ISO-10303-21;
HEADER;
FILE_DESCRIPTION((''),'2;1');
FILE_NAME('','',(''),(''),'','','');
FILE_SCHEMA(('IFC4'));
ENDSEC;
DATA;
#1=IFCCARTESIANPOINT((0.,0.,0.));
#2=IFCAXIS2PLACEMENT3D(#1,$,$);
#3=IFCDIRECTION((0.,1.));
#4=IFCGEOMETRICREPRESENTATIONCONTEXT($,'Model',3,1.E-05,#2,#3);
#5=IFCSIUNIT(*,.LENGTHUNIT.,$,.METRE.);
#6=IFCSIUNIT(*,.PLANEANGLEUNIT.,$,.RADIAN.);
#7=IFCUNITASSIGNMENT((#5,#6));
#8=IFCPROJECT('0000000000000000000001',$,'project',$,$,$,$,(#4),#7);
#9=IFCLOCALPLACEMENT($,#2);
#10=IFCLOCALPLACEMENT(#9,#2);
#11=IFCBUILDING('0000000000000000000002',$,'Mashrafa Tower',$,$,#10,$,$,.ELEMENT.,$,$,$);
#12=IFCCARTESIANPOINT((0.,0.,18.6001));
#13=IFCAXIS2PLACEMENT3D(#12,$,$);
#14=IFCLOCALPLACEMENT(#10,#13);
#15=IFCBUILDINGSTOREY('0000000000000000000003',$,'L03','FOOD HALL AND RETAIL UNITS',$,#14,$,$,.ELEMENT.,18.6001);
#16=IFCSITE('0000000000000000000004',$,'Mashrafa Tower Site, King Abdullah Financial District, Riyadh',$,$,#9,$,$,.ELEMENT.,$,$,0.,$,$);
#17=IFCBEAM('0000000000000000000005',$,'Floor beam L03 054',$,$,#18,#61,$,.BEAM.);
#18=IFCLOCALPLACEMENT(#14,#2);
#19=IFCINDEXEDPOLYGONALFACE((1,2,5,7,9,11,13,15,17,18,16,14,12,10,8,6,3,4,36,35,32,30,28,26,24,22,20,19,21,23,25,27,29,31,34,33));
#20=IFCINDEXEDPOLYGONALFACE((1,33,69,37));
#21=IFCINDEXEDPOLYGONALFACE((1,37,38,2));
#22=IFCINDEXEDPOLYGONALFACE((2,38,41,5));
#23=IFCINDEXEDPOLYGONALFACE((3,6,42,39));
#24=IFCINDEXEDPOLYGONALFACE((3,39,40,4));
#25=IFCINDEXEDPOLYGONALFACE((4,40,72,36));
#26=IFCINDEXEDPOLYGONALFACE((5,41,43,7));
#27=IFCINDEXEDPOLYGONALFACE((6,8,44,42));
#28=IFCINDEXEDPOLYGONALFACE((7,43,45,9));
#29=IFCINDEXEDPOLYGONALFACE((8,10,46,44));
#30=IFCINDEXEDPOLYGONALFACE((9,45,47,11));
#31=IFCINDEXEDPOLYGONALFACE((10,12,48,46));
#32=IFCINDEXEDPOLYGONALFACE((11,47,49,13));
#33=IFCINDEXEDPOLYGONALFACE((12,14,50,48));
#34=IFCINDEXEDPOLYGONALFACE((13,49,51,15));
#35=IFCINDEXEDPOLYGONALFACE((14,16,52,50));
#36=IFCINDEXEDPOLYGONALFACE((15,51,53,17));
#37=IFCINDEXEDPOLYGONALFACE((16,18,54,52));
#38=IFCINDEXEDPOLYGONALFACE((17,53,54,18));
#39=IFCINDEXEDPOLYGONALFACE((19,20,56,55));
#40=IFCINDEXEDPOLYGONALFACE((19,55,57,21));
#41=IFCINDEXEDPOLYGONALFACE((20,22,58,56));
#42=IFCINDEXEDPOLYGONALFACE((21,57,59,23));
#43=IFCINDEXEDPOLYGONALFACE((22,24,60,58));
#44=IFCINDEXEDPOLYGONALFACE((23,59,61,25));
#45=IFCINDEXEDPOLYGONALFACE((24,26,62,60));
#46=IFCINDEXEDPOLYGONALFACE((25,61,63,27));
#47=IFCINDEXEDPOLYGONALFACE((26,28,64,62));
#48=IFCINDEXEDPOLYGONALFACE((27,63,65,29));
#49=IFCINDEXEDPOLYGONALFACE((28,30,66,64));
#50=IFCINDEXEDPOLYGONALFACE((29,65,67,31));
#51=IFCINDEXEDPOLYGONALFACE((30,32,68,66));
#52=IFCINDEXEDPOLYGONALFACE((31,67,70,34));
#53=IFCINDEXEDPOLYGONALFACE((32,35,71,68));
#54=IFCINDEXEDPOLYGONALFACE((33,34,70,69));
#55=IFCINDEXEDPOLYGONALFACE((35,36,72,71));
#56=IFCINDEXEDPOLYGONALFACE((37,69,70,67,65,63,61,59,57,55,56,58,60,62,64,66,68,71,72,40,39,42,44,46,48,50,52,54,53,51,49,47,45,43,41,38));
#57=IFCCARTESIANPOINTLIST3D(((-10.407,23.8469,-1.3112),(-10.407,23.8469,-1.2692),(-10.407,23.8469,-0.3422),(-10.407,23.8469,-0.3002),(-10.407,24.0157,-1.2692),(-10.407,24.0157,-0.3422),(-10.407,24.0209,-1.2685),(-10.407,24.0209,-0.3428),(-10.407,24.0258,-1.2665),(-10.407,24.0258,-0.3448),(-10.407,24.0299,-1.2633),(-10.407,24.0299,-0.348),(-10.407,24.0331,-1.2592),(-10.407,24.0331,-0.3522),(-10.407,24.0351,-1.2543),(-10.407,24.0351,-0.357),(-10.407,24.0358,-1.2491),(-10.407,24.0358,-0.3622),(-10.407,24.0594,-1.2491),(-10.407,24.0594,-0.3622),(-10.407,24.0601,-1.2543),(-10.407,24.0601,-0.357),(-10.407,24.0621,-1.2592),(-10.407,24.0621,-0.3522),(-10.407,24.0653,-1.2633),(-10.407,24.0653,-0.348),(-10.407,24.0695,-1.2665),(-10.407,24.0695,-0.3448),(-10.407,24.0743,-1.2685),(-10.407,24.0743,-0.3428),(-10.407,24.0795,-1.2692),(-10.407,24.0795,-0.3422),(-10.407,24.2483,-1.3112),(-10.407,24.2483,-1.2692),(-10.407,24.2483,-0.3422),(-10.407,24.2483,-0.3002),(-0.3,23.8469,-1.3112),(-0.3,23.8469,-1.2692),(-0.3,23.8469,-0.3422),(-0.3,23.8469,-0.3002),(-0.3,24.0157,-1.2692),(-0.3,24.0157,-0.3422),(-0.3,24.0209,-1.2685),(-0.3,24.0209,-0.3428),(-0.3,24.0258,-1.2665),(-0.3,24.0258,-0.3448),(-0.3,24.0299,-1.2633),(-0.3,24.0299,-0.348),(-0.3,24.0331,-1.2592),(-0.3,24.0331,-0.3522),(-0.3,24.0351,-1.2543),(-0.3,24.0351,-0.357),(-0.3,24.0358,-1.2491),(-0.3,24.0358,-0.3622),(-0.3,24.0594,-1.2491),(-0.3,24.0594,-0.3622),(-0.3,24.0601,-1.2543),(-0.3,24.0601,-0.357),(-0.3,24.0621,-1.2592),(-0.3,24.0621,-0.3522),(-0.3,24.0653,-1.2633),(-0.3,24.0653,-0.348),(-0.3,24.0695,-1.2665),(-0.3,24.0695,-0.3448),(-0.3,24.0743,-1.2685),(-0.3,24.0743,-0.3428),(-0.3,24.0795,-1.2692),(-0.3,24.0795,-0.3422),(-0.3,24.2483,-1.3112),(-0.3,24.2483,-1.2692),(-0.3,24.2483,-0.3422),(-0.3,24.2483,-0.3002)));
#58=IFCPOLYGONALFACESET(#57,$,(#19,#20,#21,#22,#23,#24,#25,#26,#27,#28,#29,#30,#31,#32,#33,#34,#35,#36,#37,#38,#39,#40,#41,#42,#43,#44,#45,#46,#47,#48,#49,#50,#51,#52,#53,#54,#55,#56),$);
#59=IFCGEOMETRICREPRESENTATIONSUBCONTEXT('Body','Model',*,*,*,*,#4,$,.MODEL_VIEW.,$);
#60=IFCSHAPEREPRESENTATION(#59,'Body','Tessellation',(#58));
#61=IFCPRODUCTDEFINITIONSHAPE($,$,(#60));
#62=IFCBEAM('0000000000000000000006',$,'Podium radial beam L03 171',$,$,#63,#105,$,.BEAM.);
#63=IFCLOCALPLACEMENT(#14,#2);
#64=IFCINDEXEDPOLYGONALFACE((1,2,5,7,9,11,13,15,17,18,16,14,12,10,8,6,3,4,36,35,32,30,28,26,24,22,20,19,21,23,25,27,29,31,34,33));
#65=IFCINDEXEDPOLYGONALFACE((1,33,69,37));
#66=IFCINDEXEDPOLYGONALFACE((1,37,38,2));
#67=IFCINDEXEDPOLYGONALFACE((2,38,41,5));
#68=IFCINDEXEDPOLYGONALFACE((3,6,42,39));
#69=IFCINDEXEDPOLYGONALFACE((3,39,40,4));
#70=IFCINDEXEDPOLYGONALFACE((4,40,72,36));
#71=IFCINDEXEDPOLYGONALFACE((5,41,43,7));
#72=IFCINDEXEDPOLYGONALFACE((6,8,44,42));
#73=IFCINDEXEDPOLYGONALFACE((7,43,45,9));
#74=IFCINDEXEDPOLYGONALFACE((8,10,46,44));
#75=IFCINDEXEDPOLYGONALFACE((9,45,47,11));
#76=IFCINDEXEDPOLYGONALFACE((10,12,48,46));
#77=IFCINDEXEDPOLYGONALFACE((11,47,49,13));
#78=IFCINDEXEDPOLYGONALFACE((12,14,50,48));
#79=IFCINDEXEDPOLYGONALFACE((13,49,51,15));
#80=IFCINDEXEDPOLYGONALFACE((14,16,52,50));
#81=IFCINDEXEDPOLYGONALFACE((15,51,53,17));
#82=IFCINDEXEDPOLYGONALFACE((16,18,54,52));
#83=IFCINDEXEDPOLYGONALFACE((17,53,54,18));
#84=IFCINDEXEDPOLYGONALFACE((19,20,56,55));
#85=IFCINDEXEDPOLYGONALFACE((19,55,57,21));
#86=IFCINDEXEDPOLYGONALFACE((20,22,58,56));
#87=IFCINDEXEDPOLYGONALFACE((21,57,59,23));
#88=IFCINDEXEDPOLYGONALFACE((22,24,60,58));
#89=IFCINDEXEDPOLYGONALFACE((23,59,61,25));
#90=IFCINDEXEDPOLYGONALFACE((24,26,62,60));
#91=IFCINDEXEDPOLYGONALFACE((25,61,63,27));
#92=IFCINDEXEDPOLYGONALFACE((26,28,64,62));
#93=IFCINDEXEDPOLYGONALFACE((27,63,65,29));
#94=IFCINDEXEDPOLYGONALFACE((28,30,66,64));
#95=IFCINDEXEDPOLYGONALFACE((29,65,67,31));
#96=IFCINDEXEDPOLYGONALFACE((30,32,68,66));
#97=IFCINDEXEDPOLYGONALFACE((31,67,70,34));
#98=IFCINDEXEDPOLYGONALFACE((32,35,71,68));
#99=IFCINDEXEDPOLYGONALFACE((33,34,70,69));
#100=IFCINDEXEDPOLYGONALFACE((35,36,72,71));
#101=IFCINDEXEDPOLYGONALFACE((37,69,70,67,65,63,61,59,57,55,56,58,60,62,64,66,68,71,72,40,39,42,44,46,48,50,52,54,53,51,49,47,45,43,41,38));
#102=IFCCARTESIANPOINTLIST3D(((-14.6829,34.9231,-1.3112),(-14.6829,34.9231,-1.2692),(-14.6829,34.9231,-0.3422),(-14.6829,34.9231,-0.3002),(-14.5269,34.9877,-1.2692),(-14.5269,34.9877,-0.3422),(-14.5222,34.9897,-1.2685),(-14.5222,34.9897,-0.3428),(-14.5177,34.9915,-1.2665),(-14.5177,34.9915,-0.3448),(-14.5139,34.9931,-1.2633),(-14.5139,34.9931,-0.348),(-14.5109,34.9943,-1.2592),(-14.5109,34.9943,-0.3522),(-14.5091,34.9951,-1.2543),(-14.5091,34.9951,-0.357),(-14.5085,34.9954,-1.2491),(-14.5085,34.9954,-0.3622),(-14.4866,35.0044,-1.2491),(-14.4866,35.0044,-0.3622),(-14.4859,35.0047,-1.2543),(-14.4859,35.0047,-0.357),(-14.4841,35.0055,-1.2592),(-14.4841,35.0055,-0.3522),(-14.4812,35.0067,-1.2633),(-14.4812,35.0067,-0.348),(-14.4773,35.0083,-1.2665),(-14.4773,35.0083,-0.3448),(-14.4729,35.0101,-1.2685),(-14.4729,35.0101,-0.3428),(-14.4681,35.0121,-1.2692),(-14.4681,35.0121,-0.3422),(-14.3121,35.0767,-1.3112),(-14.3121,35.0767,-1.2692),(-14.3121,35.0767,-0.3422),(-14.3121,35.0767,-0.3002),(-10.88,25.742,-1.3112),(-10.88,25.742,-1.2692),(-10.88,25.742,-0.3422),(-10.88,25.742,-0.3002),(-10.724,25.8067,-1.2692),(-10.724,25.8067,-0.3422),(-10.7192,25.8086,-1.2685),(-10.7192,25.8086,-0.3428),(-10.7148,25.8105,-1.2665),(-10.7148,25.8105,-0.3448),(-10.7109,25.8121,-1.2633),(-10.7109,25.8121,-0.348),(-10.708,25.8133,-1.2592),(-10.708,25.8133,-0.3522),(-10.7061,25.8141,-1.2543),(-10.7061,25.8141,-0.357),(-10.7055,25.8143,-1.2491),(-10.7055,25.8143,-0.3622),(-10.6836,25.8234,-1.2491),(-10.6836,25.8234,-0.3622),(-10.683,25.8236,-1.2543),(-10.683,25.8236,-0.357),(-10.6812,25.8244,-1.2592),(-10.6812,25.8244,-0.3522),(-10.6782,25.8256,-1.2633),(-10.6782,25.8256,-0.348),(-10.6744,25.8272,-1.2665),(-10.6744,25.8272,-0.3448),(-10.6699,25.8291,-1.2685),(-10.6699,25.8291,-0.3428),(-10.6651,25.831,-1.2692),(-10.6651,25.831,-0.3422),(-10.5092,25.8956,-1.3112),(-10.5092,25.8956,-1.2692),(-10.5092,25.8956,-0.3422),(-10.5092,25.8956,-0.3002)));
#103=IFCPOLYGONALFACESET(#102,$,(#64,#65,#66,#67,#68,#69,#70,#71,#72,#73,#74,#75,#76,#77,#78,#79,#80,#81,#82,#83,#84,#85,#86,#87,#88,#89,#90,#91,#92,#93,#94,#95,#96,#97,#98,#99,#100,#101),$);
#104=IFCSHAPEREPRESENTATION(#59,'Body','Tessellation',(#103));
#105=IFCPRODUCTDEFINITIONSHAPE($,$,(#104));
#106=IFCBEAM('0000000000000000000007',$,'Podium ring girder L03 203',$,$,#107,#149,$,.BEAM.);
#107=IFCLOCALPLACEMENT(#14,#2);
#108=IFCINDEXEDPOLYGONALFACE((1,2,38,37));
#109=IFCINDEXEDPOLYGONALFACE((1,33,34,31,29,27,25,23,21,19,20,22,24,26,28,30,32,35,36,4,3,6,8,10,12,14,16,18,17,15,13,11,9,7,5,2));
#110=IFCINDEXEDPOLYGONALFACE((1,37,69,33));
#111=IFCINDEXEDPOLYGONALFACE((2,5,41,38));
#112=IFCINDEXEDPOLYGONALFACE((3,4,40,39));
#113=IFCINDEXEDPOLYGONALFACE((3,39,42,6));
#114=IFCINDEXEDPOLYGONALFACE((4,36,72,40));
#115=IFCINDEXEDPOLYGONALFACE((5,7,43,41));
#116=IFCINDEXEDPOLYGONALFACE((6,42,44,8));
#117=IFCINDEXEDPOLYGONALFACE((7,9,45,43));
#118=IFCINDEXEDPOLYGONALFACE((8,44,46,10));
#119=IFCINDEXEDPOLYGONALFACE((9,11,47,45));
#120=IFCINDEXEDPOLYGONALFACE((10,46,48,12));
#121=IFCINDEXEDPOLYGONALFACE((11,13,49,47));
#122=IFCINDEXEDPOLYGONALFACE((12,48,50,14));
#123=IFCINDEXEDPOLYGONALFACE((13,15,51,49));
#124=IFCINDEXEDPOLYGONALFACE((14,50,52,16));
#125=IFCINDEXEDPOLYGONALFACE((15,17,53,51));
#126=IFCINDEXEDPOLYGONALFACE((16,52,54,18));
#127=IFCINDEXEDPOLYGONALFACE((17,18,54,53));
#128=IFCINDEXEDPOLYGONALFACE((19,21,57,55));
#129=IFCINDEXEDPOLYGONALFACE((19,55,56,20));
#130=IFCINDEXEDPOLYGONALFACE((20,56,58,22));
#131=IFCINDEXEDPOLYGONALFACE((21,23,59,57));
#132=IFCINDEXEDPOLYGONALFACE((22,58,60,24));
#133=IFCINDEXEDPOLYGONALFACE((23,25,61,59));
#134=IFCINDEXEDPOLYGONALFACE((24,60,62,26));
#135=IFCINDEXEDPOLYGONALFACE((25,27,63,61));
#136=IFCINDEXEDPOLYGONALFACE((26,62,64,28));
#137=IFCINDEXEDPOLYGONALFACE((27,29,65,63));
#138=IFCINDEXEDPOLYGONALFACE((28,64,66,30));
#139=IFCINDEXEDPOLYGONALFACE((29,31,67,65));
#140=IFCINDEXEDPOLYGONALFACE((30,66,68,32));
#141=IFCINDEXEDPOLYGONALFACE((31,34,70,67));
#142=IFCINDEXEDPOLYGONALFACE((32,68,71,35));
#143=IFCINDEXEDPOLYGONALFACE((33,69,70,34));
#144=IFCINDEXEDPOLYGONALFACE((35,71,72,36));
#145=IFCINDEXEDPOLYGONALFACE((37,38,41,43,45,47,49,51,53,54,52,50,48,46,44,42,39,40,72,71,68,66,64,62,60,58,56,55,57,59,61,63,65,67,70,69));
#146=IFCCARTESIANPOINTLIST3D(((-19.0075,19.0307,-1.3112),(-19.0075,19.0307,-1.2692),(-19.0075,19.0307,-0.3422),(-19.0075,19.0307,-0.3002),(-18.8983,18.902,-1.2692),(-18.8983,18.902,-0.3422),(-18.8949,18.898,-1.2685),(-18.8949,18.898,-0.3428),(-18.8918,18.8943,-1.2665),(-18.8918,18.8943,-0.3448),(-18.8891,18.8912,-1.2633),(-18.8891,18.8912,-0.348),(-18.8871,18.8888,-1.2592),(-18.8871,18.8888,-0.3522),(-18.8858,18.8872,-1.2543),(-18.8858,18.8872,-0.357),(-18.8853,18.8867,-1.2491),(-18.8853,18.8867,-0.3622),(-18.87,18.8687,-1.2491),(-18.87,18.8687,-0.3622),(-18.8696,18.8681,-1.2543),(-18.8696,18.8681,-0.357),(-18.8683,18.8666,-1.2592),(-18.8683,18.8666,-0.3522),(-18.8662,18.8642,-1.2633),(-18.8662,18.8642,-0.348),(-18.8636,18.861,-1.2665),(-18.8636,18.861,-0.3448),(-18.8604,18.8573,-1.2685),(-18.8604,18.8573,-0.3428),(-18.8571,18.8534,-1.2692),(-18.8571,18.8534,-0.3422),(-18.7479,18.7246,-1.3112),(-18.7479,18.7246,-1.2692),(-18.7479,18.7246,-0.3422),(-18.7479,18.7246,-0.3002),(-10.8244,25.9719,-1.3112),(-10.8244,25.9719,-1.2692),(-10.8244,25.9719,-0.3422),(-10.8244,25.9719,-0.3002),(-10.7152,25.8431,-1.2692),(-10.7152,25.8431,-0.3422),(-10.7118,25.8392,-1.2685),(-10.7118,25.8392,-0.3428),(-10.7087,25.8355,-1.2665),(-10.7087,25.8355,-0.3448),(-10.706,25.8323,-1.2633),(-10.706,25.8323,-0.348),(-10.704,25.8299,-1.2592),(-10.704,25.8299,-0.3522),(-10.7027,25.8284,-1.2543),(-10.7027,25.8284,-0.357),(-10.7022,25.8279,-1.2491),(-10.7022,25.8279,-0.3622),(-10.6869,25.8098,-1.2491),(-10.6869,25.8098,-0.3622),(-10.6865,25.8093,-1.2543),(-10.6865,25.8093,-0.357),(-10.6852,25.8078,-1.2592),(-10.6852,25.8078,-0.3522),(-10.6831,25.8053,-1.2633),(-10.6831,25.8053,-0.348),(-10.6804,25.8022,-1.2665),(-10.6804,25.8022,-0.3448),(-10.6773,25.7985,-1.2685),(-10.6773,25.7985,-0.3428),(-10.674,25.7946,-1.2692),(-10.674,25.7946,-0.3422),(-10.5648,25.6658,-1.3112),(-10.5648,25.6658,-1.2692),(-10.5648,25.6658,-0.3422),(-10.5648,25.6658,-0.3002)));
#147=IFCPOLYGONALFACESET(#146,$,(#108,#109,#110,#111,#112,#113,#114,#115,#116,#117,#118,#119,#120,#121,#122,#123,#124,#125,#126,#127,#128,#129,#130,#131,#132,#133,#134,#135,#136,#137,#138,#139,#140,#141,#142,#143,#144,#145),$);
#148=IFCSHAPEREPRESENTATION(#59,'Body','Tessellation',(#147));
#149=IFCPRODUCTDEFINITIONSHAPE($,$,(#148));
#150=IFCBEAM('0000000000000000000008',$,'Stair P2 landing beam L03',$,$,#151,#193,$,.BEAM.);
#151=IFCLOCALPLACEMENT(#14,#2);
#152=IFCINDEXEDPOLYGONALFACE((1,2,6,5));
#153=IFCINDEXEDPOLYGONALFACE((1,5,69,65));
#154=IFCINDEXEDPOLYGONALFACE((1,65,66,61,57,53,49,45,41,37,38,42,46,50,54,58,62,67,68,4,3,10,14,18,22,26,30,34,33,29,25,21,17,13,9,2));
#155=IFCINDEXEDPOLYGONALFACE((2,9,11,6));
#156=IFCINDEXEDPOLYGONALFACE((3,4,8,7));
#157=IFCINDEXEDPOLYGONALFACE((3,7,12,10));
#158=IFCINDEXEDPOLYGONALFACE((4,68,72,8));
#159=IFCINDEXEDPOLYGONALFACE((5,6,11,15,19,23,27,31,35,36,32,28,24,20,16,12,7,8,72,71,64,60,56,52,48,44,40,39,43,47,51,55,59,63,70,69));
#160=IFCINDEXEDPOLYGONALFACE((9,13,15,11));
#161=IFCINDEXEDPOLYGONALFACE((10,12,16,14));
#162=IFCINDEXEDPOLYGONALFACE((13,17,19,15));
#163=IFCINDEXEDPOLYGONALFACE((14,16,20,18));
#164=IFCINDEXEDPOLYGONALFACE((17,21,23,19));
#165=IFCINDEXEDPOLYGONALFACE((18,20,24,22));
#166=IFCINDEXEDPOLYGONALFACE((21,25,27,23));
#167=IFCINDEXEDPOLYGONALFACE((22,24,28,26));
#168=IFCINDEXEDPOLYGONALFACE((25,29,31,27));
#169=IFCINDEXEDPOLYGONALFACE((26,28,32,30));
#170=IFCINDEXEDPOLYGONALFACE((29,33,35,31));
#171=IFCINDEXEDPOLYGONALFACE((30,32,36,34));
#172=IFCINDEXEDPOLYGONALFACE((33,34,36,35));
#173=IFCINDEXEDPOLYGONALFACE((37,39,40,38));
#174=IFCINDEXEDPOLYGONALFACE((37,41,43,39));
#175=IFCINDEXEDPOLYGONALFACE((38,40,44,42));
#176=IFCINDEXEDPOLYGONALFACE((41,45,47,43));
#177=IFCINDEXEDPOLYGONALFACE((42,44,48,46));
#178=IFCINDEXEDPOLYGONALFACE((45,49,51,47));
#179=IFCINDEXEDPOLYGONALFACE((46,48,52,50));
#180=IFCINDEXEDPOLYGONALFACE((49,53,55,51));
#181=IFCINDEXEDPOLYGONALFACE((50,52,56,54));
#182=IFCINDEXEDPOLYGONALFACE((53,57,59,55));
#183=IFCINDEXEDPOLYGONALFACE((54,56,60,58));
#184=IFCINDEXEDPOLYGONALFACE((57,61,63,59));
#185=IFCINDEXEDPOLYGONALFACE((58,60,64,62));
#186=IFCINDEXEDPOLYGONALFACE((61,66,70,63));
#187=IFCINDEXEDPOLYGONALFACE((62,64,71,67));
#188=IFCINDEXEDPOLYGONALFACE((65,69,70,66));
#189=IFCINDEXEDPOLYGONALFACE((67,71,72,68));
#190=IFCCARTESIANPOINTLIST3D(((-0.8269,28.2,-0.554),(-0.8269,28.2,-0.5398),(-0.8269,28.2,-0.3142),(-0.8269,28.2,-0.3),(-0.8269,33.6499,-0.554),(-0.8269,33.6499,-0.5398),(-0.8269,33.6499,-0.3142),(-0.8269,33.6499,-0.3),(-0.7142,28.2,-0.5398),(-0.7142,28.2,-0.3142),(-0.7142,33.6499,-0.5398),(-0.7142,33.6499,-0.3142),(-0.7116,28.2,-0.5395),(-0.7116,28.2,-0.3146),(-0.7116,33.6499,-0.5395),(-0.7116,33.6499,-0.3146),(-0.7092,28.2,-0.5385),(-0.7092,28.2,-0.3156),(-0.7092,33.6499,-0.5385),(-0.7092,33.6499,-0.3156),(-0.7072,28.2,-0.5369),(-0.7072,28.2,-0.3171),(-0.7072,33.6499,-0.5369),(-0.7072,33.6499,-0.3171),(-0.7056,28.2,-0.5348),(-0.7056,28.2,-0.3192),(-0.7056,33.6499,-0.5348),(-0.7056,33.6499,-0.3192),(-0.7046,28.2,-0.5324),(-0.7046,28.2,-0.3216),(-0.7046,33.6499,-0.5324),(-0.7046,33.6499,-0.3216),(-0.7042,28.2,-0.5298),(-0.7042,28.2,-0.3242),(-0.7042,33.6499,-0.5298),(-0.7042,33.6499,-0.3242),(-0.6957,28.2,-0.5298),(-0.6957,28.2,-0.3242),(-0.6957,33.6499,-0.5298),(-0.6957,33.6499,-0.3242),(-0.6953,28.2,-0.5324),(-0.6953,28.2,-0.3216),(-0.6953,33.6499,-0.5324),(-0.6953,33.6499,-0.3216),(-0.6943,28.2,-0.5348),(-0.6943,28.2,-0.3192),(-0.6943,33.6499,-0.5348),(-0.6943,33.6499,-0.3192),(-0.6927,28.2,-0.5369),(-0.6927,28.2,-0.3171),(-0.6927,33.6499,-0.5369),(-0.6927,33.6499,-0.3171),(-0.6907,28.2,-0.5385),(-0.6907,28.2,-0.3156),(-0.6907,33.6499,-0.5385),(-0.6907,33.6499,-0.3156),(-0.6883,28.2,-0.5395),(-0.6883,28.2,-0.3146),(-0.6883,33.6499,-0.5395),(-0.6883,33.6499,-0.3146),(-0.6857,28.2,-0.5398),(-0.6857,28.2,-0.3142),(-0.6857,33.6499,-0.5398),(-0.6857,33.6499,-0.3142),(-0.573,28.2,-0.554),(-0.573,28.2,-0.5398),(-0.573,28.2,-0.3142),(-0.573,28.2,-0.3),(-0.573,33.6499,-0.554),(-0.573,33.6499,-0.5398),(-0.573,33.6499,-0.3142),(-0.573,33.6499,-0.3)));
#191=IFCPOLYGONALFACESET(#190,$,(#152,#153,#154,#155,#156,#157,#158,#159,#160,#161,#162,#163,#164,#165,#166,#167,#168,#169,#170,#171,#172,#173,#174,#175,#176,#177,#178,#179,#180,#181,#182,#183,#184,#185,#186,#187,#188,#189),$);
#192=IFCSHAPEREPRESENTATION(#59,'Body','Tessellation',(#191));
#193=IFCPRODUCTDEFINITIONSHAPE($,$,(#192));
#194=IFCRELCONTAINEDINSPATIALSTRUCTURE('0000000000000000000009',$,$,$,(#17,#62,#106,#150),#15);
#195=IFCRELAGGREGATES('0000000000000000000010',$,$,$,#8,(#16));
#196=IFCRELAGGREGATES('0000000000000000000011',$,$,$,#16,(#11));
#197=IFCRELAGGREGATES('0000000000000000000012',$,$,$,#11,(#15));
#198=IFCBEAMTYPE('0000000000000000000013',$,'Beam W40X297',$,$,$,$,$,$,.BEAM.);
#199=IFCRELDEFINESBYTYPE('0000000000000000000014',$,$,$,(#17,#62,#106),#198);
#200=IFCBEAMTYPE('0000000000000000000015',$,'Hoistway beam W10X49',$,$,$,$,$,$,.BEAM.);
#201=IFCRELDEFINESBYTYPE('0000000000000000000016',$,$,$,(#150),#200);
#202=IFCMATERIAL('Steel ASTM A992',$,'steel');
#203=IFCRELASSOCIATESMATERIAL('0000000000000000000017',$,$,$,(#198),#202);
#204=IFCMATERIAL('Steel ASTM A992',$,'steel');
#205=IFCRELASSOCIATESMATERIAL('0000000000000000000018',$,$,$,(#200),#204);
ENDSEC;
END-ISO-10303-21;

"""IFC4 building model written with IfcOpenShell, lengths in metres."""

from ifc_helpers import new_model, si_unit, direction, frame, origin, origin_2d, place, context, subcontext, project, spatial, i_section, extrude, material, material_profile, profile_set, type_object, element, save


model = new_model("IFC4")

# Units and contexts
model_context = context("Model", 3, precision=1e-05, world=origin(), true_north=direction((0.0, 1.0)))
body_context = subcontext(model_context, "Body", "Model", "MODEL_VIEW")
ifc_project = project(units=[si_unit("LENGTHUNIT", "METRE"), si_unit("PLANEANGLEUNIT", "RADIAN")], contexts=[model_context])

# Site, building, storey
site_placement = place(None, origin())
site = spatial("IfcSite", under=ifc_project, at=site_placement, Name="Mashrafa Tower Site, King Abdullah Financial District, Riyadh", CompositionType="ELEMENT", RefElevation=0.0)
building_placement = place(site_placement, origin())
building = spatial("IfcBuilding", under=site, at=building_placement, Name="Mashrafa Tower", CompositionType="ELEMENT")
storey_placement = place(building_placement, frame((0.0, 0.0, 18.6001)))
storey = spatial("IfcBuildingStorey", under=building, at=storey_placement, Name="L03", Description="FOOD HALL AND RETAIL UNITS", CompositionType="ELEMENT", Elevation=18.6001)

# Beams
ifc_material_1 = material(Name="Steel ASTM A992", Category="steel")
ifc_material_profile_1 = material_profile(ifc_material_1, i_section(OverallWidth=0.4014, OverallDepth=1.011, WebThickness=0.0237, FlangeThickness=0.042, FilletRadius=0.02, at=origin_2d()), Name="W40X297")
ifc_profile_set_1 = profile_set([ifc_material_profile_1], Name="Steel ASTM A992")
beam_type_1 = type_object("IfcBeamType", Name="Beam W40X297", PredefinedType="BEAM", material=ifc_profile_set_1)
beam_1_placement = place(storey_placement, frame((-10.407, 24.0476, -0.8057), z_axis=(1.0, 0.0, 0.0), x_axis=(0.0, 1.0, 0.0)))
element("IfcBeam", 1, at=beam_1_placement, inside=storey, type_object=beam_type_1, Name="Floor beam L03 054", PredefinedType="BEAM", context=body_context, shape_type="SweptSolid", body=[
    extrude(i_section(OverallWidth=0.4014, OverallDepth=1.011, WebThickness=0.0237, FlangeThickness=0.042, FilletRadius=0.02, at=origin_2d()), origin(), (0.0, 0.0, 1.0), 10.1069),
])
beam_2_placement = place(storey_placement, frame((-10.6946, 25.8188, -0.8057), z_axis=(-0.382685, 0.923879, 0.0), x_axis=(-0.923879, -0.382685, 0.0)))
element("IfcBeam", 2, at=beam_2_placement, inside=storey, type_object=beam_type_1, Name="Podium radial beam L03 171", PredefinedType="BEAM", context=body_context, shape_type="SweptSolid", body=[
    extrude(i_section(OverallWidth=0.4014, OverallDepth=1.011, WebThickness=0.0237, FlangeThickness=0.042, FilletRadius=0.02, at=origin_2d()), origin(), (0.0, 0.0, 1.0), 9.9375),
])
beam_3_placement = place(storey_placement, frame((-10.6946, 25.8188, -0.8057), z_axis=(-0.762605, -0.646865, 0.0), x_axis=(0.646865, -0.762605, 0.0)))
element("IfcBeam", 3, at=beam_3_placement, inside=storey, type_object=beam_type_1, Name="Podium ring girder L03 203", PredefinedType="BEAM", context=body_context, shape_type="SweptSolid", body=[
    extrude(i_section(OverallWidth=0.4014, OverallDepth=1.011, WebThickness=0.0237, FlangeThickness=0.042, FilletRadius=0.02, at=origin_2d()), origin(), (0.0, 0.0, 1.0), 10.7305),
])
ifc_material_2 = material(Name="Steel ASTM A992", Category="steel")
ifc_material_profile_2 = material_profile(ifc_material_2, i_section(OverallWidth=0.2539, OverallDepth=0.2539, WebThickness=0.0085, FlangeThickness=0.0142, FilletRadius=0.01, at=origin_2d()), Name="W10X49")
ifc_profile_set_2 = profile_set([ifc_material_profile_2], Name="Steel ASTM A992")
beam_type_2 = type_object("IfcBeamType", Name="Hoistway beam W10X49", PredefinedType="BEAM", material=ifc_profile_set_2)
for number, where, z_axis, x_axis, name in (
    (4, (-0.7, 28.2, -0.427), (0.0, 1.0, 0.0), (-1.0, 0.0, 0.0), "Stair P2 landing beam L03"),
):
    element("IfcBeam", number, at=place(storey_placement, frame(where, z_axis=z_axis, x_axis=x_axis)), inside=storey, type_object=beam_type_2, Name=name, PredefinedType="BEAM", context=body_context, shape_type="SweptSolid", body=[
        extrude(i_section(OverallWidth=0.2539, OverallDepth=0.2539, WebThickness=0.0085, FlangeThickness=0.0142, FilletRadius=0.01, at=origin_2d()), origin(), (0.0, 0.0, 1.0), 5.45),
    ])

save(model, "model.ifc")
